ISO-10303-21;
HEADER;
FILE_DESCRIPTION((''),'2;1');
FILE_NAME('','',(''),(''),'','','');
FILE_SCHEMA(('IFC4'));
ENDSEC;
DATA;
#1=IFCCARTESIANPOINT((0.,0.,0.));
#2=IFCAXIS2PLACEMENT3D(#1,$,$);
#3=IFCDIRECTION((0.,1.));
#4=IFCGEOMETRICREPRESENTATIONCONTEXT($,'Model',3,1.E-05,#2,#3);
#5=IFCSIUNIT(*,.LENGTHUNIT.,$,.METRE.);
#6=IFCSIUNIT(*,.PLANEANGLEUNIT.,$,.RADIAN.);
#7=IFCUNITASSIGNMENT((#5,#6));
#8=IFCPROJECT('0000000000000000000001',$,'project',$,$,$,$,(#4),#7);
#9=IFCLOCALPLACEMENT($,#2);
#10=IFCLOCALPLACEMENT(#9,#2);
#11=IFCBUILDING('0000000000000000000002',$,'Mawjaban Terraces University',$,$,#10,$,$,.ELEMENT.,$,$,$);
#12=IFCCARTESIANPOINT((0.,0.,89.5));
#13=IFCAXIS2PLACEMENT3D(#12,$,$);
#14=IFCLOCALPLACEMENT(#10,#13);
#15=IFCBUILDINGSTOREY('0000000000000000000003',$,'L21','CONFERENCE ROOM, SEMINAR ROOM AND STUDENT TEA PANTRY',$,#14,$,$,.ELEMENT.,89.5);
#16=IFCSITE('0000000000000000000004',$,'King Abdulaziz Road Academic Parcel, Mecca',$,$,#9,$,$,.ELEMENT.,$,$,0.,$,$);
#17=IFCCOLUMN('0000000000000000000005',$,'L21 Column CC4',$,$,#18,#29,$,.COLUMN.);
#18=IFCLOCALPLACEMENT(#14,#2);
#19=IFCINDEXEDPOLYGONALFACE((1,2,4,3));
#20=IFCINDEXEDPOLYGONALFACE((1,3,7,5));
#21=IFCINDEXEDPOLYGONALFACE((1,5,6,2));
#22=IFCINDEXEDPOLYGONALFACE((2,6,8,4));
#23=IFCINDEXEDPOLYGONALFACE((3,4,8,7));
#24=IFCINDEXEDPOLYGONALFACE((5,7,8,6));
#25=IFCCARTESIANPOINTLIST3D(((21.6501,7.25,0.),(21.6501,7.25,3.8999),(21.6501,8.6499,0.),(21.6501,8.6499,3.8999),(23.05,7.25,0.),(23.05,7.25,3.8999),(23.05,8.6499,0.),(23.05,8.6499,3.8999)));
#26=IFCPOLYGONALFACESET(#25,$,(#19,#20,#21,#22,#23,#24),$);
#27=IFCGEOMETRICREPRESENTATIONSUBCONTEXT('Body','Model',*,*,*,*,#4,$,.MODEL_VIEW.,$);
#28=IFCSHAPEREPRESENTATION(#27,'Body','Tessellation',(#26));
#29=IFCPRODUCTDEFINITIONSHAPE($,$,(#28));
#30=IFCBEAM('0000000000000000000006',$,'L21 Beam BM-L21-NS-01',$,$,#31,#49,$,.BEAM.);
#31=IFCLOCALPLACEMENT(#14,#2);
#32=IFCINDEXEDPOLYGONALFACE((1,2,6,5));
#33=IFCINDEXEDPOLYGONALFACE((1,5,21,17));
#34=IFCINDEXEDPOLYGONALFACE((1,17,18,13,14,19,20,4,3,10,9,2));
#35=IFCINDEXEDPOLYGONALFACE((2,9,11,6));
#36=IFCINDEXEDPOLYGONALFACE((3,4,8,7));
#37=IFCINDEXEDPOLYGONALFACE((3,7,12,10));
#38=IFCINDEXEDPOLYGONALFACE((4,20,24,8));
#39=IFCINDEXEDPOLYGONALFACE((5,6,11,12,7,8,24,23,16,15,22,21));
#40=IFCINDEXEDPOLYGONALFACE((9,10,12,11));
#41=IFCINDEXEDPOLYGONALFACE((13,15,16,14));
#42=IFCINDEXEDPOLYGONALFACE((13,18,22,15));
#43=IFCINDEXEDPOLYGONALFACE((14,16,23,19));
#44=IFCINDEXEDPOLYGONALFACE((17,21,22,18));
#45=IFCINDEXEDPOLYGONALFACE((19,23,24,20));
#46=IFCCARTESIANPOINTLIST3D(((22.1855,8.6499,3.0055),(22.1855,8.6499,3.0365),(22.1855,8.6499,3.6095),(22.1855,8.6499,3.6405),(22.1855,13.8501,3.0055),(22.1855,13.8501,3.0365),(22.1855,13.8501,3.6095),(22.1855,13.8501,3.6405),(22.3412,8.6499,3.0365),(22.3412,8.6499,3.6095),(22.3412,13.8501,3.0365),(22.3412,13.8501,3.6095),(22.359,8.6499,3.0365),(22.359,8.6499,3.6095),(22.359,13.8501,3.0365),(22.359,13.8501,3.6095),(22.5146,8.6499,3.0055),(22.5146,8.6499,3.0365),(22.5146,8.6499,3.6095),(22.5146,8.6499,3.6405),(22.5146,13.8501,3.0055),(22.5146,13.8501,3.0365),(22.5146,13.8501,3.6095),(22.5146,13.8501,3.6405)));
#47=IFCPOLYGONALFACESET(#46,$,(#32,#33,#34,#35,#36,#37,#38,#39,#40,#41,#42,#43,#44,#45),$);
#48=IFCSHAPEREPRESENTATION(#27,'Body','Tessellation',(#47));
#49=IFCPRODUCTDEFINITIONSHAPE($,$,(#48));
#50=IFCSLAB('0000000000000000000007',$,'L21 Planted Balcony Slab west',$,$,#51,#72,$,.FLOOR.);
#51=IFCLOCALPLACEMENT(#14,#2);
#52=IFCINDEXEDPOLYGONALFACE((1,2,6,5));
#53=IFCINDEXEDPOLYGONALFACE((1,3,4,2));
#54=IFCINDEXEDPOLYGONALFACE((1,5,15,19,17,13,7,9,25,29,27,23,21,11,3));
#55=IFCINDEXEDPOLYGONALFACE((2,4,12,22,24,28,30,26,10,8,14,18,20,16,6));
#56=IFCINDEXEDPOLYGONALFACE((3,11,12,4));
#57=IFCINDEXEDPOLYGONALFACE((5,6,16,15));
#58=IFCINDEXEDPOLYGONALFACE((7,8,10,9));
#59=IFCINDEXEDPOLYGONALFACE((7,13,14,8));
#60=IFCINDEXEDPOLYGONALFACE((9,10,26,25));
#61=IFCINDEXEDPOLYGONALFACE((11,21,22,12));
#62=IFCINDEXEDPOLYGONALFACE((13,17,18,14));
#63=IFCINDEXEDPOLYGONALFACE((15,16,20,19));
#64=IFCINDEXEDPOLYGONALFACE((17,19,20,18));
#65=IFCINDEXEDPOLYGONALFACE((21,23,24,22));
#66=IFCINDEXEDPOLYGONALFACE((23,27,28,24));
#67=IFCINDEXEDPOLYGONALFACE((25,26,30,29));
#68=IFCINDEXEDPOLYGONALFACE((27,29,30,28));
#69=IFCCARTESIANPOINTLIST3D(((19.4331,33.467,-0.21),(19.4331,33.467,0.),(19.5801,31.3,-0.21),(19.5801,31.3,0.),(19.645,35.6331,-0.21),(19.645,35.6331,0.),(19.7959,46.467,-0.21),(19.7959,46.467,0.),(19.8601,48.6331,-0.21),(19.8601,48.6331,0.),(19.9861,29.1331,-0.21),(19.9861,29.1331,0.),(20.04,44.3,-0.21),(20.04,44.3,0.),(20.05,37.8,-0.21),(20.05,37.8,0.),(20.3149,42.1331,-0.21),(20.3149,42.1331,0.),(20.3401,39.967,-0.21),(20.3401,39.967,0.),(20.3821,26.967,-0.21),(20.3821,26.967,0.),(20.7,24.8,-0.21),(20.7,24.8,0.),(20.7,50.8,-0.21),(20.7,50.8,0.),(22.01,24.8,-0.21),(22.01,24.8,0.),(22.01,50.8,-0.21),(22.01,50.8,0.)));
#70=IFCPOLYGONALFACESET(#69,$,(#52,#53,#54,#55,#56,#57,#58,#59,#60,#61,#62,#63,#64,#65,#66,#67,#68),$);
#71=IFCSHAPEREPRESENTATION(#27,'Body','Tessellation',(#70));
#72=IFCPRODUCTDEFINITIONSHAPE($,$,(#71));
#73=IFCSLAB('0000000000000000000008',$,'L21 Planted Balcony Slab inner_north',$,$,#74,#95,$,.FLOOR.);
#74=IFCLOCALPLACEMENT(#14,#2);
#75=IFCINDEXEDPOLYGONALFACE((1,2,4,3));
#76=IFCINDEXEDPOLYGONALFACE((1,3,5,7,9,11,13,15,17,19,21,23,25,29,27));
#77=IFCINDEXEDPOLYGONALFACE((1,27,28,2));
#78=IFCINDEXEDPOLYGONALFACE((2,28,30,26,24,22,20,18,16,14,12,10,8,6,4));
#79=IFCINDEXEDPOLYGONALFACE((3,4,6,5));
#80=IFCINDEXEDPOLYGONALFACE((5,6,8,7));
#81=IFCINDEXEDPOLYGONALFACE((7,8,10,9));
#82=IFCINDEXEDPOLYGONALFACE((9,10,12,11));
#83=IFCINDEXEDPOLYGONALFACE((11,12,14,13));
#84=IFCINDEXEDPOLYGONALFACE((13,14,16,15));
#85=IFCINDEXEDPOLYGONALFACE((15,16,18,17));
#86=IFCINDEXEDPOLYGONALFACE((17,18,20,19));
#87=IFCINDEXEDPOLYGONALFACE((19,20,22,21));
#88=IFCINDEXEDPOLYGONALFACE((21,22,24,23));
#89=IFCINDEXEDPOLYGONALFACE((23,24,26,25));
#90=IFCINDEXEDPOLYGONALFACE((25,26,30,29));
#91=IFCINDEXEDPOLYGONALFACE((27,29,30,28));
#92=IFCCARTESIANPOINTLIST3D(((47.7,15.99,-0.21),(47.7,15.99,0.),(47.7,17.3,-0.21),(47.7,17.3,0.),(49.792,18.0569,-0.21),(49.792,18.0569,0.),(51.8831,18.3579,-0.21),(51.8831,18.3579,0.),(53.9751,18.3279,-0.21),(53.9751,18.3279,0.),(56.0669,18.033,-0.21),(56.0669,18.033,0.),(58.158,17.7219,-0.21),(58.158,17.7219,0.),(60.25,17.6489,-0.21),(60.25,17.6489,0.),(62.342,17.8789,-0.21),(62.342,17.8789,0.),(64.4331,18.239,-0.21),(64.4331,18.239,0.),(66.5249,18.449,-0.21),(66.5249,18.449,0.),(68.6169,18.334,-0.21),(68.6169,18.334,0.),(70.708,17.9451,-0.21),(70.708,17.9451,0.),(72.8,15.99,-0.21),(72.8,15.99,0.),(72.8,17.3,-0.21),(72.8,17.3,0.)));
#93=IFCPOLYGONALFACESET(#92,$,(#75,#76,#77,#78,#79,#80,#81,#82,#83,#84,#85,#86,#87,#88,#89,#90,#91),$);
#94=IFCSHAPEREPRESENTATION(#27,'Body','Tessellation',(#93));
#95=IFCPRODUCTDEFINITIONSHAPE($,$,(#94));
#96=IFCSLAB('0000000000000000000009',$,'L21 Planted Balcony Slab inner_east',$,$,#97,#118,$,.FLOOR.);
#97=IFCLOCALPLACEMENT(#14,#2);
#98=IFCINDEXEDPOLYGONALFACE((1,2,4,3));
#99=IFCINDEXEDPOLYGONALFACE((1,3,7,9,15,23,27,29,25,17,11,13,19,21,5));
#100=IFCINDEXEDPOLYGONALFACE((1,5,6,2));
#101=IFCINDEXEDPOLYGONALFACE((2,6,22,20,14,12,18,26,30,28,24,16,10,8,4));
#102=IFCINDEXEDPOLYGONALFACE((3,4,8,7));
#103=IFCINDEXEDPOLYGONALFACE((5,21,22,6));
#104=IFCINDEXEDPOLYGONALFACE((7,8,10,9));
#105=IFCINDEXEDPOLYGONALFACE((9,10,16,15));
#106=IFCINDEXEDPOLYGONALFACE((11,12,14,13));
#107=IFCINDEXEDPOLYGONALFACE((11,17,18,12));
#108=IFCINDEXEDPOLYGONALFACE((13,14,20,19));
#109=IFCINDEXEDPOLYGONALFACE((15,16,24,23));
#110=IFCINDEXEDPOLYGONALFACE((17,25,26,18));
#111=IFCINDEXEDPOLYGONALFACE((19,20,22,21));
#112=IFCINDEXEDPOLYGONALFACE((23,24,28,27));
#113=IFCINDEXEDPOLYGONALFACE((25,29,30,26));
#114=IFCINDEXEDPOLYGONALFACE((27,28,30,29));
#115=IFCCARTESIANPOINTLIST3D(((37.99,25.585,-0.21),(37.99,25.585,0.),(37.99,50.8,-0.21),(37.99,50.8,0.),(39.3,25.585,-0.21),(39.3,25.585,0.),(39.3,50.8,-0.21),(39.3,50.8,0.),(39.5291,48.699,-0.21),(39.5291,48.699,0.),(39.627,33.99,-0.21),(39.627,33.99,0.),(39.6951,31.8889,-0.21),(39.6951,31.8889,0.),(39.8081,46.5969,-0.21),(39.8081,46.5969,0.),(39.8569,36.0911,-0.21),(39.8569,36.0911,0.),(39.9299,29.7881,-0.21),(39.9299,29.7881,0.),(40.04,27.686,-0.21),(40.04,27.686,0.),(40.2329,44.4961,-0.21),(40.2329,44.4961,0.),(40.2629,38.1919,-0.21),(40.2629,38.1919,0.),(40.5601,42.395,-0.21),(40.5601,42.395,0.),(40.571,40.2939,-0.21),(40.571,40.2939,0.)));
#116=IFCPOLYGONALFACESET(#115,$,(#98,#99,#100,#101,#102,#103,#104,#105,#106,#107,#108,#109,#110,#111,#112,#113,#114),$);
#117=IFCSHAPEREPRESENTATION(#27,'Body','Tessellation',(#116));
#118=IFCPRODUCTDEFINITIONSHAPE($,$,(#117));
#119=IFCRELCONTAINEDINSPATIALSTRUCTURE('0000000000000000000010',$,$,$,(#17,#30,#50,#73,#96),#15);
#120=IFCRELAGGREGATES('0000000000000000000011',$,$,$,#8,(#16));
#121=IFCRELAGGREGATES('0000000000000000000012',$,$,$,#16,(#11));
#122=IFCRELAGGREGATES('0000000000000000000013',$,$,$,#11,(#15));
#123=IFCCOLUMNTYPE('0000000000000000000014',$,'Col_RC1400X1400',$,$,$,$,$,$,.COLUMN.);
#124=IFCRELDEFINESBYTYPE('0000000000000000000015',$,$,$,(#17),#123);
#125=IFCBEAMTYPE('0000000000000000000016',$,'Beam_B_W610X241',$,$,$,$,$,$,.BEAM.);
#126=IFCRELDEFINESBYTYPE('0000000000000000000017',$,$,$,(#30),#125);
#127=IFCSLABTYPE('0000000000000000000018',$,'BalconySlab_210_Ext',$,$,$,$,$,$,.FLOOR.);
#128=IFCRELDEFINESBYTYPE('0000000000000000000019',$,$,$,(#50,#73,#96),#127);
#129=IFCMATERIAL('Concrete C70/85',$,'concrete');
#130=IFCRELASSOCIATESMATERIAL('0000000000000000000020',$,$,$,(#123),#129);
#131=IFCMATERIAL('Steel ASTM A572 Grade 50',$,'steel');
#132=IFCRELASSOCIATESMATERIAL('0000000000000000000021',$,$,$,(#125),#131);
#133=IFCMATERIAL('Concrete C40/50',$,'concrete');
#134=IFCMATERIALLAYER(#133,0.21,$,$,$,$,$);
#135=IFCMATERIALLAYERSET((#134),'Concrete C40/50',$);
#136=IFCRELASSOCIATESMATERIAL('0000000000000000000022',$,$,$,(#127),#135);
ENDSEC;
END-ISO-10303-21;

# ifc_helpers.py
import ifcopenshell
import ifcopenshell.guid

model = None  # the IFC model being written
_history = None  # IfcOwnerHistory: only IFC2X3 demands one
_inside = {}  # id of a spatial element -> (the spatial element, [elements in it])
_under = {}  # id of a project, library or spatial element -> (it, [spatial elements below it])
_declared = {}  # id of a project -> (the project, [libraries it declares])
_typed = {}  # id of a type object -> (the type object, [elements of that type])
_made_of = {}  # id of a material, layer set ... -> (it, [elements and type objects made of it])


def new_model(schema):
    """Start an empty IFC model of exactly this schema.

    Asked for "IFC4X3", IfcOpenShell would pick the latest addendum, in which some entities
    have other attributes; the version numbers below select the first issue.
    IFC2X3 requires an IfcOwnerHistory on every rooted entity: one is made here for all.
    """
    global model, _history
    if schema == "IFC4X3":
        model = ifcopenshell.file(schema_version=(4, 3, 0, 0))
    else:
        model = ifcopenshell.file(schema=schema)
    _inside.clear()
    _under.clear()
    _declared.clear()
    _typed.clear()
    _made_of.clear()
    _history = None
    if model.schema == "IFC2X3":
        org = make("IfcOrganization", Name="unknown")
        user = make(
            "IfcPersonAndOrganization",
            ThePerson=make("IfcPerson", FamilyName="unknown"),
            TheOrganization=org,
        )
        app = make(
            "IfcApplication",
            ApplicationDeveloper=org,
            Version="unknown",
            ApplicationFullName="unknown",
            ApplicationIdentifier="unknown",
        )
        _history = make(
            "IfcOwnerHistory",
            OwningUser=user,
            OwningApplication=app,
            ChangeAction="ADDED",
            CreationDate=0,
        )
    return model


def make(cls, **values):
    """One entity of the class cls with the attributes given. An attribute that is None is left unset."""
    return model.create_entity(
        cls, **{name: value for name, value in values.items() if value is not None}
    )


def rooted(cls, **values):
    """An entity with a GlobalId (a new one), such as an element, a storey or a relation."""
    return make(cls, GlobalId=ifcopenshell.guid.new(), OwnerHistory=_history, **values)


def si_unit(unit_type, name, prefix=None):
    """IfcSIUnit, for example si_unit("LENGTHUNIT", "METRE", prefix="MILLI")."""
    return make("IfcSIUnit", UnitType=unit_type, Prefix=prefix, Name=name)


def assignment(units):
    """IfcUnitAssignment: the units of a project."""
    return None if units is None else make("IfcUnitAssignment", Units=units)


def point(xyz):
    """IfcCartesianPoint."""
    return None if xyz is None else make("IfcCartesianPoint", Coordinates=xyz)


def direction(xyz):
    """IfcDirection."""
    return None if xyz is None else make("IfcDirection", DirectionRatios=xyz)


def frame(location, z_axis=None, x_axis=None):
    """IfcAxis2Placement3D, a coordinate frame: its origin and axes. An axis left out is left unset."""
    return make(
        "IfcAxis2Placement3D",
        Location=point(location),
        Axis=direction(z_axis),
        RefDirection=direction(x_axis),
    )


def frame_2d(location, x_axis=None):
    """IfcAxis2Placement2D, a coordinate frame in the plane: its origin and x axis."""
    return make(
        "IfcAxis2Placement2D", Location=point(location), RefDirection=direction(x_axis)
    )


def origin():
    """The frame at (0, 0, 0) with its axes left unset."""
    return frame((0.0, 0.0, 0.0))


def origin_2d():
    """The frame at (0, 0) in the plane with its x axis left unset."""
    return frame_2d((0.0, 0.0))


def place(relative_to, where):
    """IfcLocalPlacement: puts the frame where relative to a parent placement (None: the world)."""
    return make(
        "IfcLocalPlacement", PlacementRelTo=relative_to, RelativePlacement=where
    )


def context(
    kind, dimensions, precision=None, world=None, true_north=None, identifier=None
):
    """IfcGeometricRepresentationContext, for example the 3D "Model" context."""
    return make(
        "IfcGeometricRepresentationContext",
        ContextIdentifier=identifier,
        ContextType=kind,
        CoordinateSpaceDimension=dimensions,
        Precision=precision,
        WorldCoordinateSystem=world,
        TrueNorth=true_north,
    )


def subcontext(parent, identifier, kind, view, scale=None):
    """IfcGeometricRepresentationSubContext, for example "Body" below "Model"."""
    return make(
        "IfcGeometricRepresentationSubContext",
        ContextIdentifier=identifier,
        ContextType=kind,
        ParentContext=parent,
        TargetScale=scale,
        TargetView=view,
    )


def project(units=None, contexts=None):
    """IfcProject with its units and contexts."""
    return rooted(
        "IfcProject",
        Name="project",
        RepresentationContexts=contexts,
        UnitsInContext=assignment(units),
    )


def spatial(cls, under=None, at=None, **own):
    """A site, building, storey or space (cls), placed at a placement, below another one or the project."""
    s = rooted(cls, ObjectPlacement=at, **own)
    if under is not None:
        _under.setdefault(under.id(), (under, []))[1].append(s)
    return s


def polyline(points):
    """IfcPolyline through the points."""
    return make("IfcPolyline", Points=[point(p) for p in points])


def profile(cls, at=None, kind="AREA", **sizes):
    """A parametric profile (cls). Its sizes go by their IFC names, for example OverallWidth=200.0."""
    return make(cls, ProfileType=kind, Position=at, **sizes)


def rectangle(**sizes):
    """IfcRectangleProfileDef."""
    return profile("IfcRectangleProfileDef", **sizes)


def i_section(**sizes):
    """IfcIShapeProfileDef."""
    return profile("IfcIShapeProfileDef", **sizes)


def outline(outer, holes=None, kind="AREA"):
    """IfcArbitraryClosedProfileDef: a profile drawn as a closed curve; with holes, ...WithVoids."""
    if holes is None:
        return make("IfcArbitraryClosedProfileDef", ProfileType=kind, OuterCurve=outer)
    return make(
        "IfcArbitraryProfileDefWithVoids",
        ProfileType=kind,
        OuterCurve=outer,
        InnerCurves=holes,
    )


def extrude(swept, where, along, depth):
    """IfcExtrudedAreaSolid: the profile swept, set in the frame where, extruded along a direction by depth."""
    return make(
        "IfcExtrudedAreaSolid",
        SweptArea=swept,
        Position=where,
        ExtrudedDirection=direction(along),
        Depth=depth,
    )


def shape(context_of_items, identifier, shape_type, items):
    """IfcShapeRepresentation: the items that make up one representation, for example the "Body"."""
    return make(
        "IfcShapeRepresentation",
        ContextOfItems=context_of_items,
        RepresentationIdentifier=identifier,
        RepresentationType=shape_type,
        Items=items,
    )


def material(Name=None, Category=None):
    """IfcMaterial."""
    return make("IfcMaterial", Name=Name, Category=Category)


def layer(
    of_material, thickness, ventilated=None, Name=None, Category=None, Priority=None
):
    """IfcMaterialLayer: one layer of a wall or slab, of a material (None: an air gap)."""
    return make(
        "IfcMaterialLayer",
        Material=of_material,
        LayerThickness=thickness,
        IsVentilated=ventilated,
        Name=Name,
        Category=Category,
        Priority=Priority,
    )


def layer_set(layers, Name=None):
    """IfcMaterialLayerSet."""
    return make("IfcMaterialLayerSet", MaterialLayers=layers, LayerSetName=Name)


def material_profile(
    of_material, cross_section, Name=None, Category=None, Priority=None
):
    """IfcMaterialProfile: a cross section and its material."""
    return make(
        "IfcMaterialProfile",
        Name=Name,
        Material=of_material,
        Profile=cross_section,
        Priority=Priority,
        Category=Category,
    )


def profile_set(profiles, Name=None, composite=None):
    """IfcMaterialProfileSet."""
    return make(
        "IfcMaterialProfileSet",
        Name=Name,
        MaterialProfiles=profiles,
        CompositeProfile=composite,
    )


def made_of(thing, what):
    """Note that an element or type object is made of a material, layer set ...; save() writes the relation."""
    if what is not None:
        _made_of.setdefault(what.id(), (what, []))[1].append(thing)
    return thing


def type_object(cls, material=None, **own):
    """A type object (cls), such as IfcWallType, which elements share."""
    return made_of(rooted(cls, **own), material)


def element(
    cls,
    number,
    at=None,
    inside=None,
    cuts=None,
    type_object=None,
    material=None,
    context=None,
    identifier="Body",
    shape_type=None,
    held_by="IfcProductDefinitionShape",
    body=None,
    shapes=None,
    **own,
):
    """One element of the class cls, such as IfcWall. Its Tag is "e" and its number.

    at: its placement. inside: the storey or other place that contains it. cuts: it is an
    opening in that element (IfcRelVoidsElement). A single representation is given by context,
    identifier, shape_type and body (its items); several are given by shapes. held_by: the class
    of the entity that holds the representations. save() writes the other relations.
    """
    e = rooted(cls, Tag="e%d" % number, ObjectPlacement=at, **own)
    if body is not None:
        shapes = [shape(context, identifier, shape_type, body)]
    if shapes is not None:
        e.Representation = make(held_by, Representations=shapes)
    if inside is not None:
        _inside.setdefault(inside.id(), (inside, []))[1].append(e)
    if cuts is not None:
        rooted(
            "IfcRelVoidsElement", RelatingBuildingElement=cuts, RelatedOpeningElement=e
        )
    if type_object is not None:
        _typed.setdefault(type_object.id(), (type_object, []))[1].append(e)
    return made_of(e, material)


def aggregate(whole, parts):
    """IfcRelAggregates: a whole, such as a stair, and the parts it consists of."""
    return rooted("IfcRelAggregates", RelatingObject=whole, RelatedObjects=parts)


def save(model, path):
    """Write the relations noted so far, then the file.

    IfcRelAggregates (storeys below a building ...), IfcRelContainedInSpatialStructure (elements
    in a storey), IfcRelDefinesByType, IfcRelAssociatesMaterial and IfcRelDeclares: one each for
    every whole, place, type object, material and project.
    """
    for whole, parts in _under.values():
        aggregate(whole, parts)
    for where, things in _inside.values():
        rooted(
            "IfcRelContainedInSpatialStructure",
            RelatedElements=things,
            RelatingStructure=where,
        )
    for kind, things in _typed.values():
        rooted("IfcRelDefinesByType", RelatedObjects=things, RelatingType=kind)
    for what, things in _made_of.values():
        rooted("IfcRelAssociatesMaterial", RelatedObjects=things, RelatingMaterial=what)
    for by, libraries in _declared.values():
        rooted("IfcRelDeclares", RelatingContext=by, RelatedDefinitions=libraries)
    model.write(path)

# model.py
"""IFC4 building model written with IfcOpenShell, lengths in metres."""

from ifc_helpers import new_model, si_unit, direction, frame, origin, origin_2d, place, context, subcontext, project, spatial, polyline, rectangle, i_section, outline, extrude, material, layer, layer_set, material_profile, profile_set, type_object, element, save


model = new_model("IFC4")

# Units and contexts
model_context = context("Model", 3, precision=1e-05, world=origin(), true_north=direction((0.0, 1.0)))
body_context = subcontext(model_context, "Body", "Model", "MODEL_VIEW")
ifc_project = project(units=[si_unit("LENGTHUNIT", "METRE"), si_unit("PLANEANGLEUNIT", "RADIAN")], contexts=[model_context])

# Site, building, storey
site_placement = place(None, origin())
site = spatial("IfcSite", under=ifc_project, at=site_placement, Name="King Abdulaziz Road Academic Parcel, Mecca", CompositionType="ELEMENT", RefElevation=0.0)
building_placement = place(site_placement, origin())
building = spatial("IfcBuilding", under=site, at=building_placement, Name="Mawjaban Terraces University", CompositionType="ELEMENT")
storey_placement = place(building_placement, frame((0.0, 0.0, 89.5)))
storey = spatial("IfcBuildingStorey", under=building, at=storey_placement, Name="L21", Description="CONFERENCE ROOM, SEMINAR ROOM AND STUDENT TEA PANTRY", CompositionType="ELEMENT", Elevation=89.5)

# Column
ifc_material_1 = material(Name="Concrete C70/85", Category="concrete")
ifc_material_profile_1 = material_profile(ifc_material_1, rectangle(XDim=1.3999, YDim=1.3999, at=origin_2d()), Name="RC1400X1400")
ifc_profile_set_1 = profile_set([ifc_material_profile_1], Name="Concrete C70/85")
column_type = type_object("IfcColumnType", Name="Col_RC1400X1400", PredefinedType="COLUMN", material=ifc_profile_set_1)
column_placement = place(storey_placement, frame((22.3501, 7.95, 0.0), z_axis=(0.0, 0.0, 1.0), x_axis=(1.0, 0.0, 0.0)))
element("IfcColumn", 1, at=column_placement, inside=storey, type_object=column_type, Name="L21 Column CC4", PredefinedType="COLUMN", context=body_context, shape_type="SweptSolid", body=[
    extrude(rectangle(XDim=1.3999, YDim=1.3999, at=origin_2d()), origin(), (0.0, 0.0, 1.0), 3.8999),
])

# Beam
ifc_material_2 = material(Name="Steel ASTM A572 Grade 50", Category="steel")
ifc_material_profile_2 = material_profile(ifc_material_2, i_section(OverallWidth=0.3291, OverallDepth=0.635, WebThickness=0.0178, FlangeThickness=0.031, at=origin_2d()), Name="W610X241")
ifc_profile_set_2 = profile_set([ifc_material_profile_2], Name="Steel ASTM A572 Grade 50")
beam_type = type_object("IfcBeamType", Name="Beam_B_W610X241", PredefinedType="BEAM", material=ifc_profile_set_2)
beam_placement = place(storey_placement, frame((22.3501, 8.6499, 3.323), z_axis=(0.0, 1.0, 0.0), x_axis=(-1.0, 0.0, 0.0)))
element("IfcBeam", 2, at=beam_placement, inside=storey, type_object=beam_type, Name="L21 Beam BM-L21-NS-01", PredefinedType="BEAM", context=body_context, shape_type="SweptSolid", body=[
    extrude(i_section(OverallWidth=0.3291, OverallDepth=0.635, WebThickness=0.0178, FlangeThickness=0.031, at=origin_2d()), origin(), (0.0, 0.0, 1.0), 5.2002),
])

# Slabs
ifc_material_3 = material(Name="Concrete C40/50", Category="concrete")
ifc_layer_1 = layer(ifc_material_3, 0.21)
ifc_layer_set_1 = layer_set([ifc_layer_1], Name="Concrete C40/50")
slab_type_1 = type_object("IfcSlabType", Name="BalconySlab_210_Ext", PredefinedType="FLOOR", material=ifc_layer_set_1)
slab_1_placement = place(storey_placement, frame((0.0, 0.0, -0.21)))
element("IfcSlab", 3, at=slab_1_placement, inside=storey, type_object=slab_type_1, Name="L21 Planted Balcony Slab west", PredefinedType="FLOOR", context=body_context, shape_type="SweptSolid", body=[
    extrude(outline(polyline([(22.01, 24.8), (22.01, 50.8), (20.7, 50.8), (19.8601, 48.6331), (19.7959, 46.467), (20.04, 44.3), (20.3149, 42.1331), (20.3401, 39.967), (20.05, 37.8), (19.645, 35.6331), (19.4331, 33.467), (19.5801, 31.3), (19.9861, 29.1331), (20.3821, 26.967), (20.7, 24.8), (22.01, 24.8)])), origin(), (0.0, 0.0, 1.0), 0.21),
])
slab_2_placement = place(storey_placement, frame((0.0, 0.0, -0.21)))
element("IfcSlab", 4, at=slab_2_placement, inside=storey, type_object=slab_type_1, Name="L21 Planted Balcony Slab inner_north", PredefinedType="FLOOR", context=body_context, shape_type="SweptSolid", body=[
    extrude(outline(polyline([(47.7, 15.99), (72.8, 15.99), (72.8, 17.3), (70.708, 17.9451), (68.6169, 18.334), (66.5249, 18.449), (64.4331, 18.239), (62.342, 17.8789), (60.25, 17.6489), (58.158, 17.7219), (56.0669, 18.033), (53.9751, 18.3279), (51.8831, 18.3579), (49.792, 18.0569), (47.7, 17.3), (47.7, 15.99)])), origin(), (0.0, 0.0, 1.0), 0.21),
])
slab_3_placement = place(storey_placement, frame((0.0, 0.0, -0.21)))
element("IfcSlab", 5, at=slab_3_placement, inside=storey, type_object=slab_type_1, Name="L21 Planted Balcony Slab inner_east", PredefinedType="FLOOR", context=body_context, shape_type="SweptSolid", body=[
    extrude(outline(polyline([(39.3, 25.585), (40.04, 27.686), (39.9299, 29.7881), (39.6951, 31.8889), (39.627, 33.99), (39.8569, 36.0911), (40.2629, 38.1919), (40.571, 40.2939), (40.5601, 42.395), (40.2329, 44.4961), (39.8081, 46.5969), (39.5291, 48.699), (39.3, 50.8), (37.99, 50.8), (37.99, 25.585), (39.3, 25.585)])), origin(), (0.0, 0.0, 1.0), 0.21),
])

save(model, "model.ifc")
